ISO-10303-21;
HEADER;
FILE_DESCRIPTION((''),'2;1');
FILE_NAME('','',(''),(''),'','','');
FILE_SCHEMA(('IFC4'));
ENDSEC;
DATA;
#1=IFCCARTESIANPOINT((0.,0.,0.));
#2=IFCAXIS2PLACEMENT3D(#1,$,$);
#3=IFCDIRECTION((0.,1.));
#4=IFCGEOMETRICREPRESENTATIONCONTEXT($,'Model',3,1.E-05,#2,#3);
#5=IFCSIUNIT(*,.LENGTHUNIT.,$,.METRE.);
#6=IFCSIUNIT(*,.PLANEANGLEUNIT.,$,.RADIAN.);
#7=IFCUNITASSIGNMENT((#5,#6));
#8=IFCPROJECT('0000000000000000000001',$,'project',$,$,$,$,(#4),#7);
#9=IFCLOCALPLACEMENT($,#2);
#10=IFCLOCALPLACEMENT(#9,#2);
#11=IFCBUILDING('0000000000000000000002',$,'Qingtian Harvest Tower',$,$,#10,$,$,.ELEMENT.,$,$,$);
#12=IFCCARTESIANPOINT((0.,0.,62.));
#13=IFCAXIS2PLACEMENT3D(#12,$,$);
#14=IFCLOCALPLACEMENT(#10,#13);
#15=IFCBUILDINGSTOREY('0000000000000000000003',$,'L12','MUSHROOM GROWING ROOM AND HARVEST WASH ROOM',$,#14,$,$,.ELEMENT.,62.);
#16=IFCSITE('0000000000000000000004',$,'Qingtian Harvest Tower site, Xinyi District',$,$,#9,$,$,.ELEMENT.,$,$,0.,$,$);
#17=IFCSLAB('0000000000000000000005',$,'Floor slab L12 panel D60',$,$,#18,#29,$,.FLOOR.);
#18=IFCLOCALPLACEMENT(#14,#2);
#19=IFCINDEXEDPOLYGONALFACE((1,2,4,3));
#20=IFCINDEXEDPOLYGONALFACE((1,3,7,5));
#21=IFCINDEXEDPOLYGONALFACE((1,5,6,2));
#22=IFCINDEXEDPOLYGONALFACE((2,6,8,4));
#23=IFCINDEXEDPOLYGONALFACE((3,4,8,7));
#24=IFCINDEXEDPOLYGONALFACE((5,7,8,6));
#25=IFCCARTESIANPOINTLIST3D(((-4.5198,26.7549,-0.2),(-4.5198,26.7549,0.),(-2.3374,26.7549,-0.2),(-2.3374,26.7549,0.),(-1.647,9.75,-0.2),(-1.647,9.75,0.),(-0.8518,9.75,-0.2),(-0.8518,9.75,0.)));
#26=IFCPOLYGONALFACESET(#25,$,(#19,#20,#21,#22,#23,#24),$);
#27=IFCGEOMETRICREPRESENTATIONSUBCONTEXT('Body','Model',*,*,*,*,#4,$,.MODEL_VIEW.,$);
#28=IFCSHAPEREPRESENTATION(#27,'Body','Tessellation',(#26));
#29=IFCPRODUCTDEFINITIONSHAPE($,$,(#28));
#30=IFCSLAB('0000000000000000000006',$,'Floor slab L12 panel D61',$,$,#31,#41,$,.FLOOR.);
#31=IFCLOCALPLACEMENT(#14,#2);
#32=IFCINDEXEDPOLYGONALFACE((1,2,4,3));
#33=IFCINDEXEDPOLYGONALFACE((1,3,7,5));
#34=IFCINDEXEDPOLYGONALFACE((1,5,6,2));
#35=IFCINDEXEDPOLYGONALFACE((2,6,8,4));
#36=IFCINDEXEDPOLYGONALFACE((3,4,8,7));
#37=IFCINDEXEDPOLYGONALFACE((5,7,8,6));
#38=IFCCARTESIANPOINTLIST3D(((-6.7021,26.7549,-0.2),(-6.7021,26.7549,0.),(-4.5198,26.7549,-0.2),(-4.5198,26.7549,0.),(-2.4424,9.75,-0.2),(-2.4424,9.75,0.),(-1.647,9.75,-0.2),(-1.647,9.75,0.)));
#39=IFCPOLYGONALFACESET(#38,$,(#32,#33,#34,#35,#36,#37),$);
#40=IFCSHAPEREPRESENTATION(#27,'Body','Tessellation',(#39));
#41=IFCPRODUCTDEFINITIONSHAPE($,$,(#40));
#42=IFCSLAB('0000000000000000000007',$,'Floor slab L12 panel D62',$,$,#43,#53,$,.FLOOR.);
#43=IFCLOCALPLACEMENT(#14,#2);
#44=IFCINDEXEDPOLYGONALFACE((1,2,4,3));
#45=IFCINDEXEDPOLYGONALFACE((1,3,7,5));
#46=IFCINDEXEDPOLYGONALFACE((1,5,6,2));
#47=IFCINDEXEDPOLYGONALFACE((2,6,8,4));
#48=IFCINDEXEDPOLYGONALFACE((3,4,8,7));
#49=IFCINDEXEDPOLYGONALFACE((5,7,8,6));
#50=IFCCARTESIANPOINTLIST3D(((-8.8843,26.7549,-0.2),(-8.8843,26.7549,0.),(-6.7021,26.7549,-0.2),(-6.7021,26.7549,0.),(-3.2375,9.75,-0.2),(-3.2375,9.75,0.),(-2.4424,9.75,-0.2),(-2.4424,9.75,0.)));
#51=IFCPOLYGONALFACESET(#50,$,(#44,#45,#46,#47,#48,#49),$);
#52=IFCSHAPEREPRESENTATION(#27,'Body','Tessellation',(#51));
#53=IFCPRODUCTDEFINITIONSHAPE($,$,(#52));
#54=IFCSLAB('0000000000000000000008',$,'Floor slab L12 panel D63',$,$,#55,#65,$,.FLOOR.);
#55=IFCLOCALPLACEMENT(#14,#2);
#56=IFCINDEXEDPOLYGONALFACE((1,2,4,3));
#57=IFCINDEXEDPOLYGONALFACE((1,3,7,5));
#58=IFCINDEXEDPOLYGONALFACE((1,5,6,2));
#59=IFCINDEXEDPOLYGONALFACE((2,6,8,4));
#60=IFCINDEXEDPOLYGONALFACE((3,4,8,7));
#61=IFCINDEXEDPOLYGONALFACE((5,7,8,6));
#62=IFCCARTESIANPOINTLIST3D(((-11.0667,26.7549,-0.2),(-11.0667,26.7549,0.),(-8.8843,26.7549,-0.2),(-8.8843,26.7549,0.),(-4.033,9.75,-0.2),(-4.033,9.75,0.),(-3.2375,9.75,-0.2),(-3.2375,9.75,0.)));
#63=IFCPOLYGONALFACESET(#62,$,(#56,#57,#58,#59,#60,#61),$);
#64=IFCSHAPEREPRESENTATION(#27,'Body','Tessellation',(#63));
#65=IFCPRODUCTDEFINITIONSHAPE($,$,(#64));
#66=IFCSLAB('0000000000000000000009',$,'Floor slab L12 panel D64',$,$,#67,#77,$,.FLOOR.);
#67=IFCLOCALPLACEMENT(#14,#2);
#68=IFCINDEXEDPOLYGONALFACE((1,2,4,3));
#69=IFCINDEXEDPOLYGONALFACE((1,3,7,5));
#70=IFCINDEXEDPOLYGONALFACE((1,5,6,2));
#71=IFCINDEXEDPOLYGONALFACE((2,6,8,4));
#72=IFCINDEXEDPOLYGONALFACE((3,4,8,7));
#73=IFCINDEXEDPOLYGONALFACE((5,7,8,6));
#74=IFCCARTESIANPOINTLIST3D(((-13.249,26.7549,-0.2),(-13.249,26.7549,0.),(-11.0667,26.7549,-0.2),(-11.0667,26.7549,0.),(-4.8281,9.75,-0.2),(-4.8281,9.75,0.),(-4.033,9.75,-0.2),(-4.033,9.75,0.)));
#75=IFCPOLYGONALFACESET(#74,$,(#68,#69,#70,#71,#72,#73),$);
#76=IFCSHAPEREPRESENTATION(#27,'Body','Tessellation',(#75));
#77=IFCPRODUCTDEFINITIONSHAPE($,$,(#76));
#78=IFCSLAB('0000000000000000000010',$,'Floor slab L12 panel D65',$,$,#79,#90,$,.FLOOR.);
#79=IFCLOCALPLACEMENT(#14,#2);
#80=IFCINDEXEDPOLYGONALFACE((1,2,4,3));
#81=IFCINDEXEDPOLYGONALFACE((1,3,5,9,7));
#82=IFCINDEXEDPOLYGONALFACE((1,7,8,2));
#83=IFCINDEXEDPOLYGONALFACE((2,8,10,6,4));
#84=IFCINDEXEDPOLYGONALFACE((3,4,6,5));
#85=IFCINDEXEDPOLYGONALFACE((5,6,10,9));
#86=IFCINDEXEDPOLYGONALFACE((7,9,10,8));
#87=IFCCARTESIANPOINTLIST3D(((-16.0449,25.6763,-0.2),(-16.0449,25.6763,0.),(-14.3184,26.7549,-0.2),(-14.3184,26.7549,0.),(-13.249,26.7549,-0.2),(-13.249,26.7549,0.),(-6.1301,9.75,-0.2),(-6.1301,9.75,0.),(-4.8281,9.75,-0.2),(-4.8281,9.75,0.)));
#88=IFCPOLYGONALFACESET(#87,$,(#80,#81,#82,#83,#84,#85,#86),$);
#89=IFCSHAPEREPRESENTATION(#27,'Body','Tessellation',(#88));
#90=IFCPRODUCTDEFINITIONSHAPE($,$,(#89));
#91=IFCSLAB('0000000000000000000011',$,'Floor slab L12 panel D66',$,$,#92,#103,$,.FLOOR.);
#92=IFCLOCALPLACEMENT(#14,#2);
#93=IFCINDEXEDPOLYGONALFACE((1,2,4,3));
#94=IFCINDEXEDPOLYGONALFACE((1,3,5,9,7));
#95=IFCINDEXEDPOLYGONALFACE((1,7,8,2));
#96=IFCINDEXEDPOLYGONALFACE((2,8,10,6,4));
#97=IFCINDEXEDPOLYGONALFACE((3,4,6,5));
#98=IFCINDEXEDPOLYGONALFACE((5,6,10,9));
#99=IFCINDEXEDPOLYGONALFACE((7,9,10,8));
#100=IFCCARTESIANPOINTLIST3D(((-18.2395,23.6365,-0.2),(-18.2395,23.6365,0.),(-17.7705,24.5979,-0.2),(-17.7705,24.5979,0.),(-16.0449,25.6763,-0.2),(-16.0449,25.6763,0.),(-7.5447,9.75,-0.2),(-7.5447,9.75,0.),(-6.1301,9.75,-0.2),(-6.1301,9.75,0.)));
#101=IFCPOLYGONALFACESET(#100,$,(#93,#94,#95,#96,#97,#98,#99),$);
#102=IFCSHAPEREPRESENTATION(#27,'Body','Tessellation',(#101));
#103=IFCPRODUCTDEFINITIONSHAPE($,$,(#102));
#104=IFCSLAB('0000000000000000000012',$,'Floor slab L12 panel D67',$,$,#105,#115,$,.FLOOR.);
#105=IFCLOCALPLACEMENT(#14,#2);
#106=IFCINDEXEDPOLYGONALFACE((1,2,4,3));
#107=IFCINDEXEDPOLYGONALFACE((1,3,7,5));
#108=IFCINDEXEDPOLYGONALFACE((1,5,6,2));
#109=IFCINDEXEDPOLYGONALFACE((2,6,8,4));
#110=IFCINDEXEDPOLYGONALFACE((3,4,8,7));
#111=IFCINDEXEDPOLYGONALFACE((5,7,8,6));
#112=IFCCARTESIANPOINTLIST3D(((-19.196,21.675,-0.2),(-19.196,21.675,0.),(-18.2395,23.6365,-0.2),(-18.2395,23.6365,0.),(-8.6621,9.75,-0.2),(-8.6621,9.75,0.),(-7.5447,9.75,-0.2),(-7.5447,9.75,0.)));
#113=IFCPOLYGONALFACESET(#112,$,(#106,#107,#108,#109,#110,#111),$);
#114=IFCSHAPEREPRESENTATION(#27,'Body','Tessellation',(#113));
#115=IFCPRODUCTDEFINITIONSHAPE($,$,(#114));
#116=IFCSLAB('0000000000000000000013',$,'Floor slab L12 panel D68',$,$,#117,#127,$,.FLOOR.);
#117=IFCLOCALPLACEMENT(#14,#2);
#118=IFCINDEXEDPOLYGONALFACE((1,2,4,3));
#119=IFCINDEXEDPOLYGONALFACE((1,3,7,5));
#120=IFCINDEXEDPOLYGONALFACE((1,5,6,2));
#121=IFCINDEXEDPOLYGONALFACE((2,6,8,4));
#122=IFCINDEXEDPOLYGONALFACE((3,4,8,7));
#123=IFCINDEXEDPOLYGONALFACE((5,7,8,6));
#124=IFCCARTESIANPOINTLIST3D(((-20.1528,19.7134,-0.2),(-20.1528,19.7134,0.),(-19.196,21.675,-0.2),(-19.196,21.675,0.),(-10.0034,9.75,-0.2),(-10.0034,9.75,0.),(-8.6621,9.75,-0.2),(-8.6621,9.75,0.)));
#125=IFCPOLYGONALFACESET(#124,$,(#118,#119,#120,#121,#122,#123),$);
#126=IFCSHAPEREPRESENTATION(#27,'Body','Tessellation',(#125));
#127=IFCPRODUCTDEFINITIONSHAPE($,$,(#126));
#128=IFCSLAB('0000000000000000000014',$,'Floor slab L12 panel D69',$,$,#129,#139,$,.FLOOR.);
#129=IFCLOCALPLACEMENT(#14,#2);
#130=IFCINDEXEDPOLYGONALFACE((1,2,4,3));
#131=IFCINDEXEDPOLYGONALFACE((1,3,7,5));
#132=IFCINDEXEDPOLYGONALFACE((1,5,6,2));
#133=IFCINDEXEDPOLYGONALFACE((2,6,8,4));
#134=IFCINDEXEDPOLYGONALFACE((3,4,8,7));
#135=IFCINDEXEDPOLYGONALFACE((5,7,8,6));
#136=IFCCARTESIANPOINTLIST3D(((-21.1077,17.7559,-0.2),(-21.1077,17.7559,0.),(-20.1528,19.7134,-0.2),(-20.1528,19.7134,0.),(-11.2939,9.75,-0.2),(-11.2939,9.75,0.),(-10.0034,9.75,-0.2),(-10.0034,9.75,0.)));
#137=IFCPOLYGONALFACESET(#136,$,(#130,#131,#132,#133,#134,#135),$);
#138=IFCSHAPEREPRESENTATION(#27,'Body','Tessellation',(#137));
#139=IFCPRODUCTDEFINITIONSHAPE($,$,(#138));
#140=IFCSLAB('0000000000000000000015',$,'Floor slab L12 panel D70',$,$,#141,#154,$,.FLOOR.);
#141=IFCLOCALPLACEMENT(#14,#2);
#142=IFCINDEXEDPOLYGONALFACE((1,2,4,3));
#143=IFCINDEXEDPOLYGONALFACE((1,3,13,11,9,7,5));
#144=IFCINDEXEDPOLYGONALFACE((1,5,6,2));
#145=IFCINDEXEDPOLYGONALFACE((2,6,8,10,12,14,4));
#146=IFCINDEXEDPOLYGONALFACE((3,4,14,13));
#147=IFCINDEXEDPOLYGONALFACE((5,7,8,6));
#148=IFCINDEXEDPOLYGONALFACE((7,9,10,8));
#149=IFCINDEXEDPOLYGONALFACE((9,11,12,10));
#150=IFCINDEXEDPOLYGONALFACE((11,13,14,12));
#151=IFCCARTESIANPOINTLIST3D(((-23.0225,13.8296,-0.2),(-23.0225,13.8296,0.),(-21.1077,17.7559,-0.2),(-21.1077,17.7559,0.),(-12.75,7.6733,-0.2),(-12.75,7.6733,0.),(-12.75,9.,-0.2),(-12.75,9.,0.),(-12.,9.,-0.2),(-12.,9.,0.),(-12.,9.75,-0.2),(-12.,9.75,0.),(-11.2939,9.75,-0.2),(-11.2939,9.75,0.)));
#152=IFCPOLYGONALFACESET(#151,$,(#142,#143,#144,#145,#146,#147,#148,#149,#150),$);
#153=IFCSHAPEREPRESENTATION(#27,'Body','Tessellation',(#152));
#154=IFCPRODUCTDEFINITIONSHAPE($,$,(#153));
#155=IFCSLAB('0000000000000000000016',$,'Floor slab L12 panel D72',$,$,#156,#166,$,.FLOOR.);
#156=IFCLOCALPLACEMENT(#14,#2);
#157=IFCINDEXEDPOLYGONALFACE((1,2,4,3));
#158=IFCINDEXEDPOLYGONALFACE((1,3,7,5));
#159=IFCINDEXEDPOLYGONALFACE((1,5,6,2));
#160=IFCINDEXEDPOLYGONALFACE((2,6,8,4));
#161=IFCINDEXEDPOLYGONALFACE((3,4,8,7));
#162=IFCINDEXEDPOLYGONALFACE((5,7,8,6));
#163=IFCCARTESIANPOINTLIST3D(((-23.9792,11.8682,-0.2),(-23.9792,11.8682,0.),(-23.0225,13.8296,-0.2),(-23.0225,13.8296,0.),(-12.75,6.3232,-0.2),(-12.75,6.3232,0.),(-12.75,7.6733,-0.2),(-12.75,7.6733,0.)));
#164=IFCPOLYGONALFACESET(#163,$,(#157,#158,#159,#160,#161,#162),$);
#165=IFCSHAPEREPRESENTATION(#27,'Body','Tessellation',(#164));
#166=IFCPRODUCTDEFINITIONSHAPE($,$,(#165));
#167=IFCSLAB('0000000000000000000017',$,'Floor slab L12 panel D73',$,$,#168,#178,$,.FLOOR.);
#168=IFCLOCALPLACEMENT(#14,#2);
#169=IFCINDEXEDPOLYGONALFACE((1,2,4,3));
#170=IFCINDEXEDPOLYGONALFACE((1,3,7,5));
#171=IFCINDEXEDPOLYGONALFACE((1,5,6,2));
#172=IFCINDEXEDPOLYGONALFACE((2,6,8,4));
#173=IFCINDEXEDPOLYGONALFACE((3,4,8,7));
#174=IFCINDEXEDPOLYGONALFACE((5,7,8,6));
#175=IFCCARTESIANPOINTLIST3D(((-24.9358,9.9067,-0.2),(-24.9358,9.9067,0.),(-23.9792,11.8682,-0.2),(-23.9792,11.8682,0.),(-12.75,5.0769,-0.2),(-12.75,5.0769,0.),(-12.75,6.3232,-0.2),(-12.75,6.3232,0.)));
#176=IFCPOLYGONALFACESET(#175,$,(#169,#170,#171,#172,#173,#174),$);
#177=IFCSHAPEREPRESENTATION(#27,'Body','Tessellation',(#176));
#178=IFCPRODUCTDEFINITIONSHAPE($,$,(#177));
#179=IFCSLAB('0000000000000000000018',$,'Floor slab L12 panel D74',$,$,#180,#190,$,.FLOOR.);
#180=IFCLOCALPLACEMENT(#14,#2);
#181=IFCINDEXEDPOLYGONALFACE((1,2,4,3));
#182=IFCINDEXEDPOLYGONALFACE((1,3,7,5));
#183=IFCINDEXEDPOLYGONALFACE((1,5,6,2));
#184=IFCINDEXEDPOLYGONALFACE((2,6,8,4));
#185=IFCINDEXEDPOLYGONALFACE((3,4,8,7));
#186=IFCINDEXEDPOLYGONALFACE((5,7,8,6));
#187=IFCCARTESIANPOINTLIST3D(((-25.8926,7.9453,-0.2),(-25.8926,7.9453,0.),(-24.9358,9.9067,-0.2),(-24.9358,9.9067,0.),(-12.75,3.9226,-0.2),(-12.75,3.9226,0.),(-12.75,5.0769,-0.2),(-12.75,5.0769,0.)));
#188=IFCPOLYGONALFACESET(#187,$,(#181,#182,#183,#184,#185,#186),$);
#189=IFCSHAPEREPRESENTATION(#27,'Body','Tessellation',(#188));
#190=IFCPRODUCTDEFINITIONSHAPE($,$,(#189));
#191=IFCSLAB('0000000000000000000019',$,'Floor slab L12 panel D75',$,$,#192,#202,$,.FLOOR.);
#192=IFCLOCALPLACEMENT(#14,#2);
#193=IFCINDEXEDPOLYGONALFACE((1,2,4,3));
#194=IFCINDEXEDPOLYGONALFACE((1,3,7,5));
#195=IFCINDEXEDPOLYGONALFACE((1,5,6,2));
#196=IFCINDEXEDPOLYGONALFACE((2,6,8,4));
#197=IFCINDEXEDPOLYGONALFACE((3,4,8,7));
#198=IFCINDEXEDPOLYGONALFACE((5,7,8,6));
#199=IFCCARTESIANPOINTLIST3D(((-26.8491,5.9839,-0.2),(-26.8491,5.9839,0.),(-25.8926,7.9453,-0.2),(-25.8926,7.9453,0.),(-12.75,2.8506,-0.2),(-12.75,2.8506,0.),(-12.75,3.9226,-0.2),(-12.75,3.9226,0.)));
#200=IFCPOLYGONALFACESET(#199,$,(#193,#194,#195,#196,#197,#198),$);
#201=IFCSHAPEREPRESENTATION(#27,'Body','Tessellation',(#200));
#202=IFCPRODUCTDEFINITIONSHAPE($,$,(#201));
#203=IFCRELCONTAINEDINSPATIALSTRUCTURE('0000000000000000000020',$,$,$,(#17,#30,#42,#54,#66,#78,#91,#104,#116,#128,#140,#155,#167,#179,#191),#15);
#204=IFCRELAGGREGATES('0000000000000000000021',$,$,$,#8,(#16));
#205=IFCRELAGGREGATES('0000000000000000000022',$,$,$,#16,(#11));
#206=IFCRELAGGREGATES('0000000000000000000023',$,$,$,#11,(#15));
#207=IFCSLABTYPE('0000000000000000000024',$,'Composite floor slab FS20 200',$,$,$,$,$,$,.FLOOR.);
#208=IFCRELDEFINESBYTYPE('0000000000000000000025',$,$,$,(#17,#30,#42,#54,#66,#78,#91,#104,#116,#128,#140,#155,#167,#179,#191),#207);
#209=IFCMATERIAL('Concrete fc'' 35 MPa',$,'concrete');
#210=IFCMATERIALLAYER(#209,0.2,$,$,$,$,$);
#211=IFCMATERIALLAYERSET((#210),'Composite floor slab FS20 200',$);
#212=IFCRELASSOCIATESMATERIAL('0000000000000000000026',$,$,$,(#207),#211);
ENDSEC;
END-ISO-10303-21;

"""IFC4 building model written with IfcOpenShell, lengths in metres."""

from ifc_helpers import new_model, si_unit, direction, frame, origin, place, context, subcontext, project, spatial, polyline, outline, extrude, material, layer, layer_set, type_object, element, save


model = new_model("IFC4")

# Units and contexts
model_context = context("Model", 3, precision=1e-05, world=origin(), true_north=direction((0.0, 1.0)))
body_context = subcontext(model_context, "Body", "Model", "MODEL_VIEW")
ifc_project = project(units=[si_unit("LENGTHUNIT", "METRE"), si_unit("PLANEANGLEUNIT", "RADIAN")], contexts=[model_context])

# Site, building, storey
site_placement = place(None, origin())
site = spatial("IfcSite", under=ifc_project, at=site_placement, Name="Qingtian Harvest Tower site, Xinyi District", CompositionType="ELEMENT", RefElevation=0.0)
building_placement = place(site_placement, origin())
building = spatial("IfcBuilding", under=site, at=building_placement, Name="Qingtian Harvest Tower", CompositionType="ELEMENT")
storey_placement = place(building_placement, frame((0.0, 0.0, 62.0)))
storey = spatial("IfcBuildingStorey", under=building, at=storey_placement, Name="L12", Description="MUSHROOM GROWING ROOM AND HARVEST WASH ROOM", CompositionType="ELEMENT", Elevation=62.0)

# Slabs
ifc_material_1 = material(Name="Concrete fc' 35 MPa", Category="concrete")
ifc_layer_1 = layer(ifc_material_1, 0.2)
ifc_layer_set_1 = layer_set([ifc_layer_1], Name="Composite floor slab FS20 200")
slab_type = type_object("IfcSlabType", Name="Composite floor slab FS20 200", PredefinedType="FLOOR", material=ifc_layer_set_1)
slab_1_placement = place(storey_placement, frame((0.0, 0.0, -0.2)))
element("IfcSlab", 1, at=slab_1_placement, inside=storey, type_object=slab_type, Name="Floor slab L12 panel D60", PredefinedType="FLOOR", context=body_context, shape_type="SweptSolid", body=[
    extrude(outline(polyline([(-1.647, 9.75), (-4.5198, 26.7549), (-2.3374, 26.7549), (-0.8518, 9.75), (-1.647, 9.75)])), origin(), (0.0, 0.0, 1.0), 0.2),
])
slab_2_placement = place(storey_placement, frame((0.0, 0.0, -0.2)))
element("IfcSlab", 2, at=slab_2_placement, inside=storey, type_object=slab_type, Name="Floor slab L12 panel D61", PredefinedType="FLOOR", context=body_context, shape_type="SweptSolid", body=[
    extrude(outline(polyline([(-2.4424, 9.75), (-6.7021, 26.7549), (-4.5198, 26.7549), (-1.647, 9.75), (-2.4424, 9.75)])), origin(), (0.0, 0.0, 1.0), 0.2),
])
slab_3_placement = place(storey_placement, frame((0.0, 0.0, -0.2)))
element("IfcSlab", 3, at=slab_3_placement, inside=storey, type_object=slab_type, Name="Floor slab L12 panel D62", PredefinedType="FLOOR", context=body_context, shape_type="SweptSolid", body=[
    extrude(outline(polyline([(-3.2375, 9.75), (-8.8843, 26.7549), (-6.7021, 26.7549), (-2.4424, 9.75), (-3.2375, 9.75)])), origin(), (0.0, 0.0, 1.0), 0.2),
])
slab_4_placement = place(storey_placement, frame((0.0, 0.0, -0.2)))
element("IfcSlab", 4, at=slab_4_placement, inside=storey, type_object=slab_type, Name="Floor slab L12 panel D63", PredefinedType="FLOOR", context=body_context, shape_type="SweptSolid", body=[
    extrude(outline(polyline([(-4.033, 9.75), (-11.0667, 26.7549), (-8.8843, 26.7549), (-3.2375, 9.75), (-4.033, 9.75)])), origin(), (0.0, 0.0, 1.0), 0.2),
])
slab_5_placement = place(storey_placement, frame((0.0, 0.0, -0.2)))
element("IfcSlab", 5, at=slab_5_placement, inside=storey, type_object=slab_type, Name="Floor slab L12 panel D64", PredefinedType="FLOOR", context=body_context, shape_type="SweptSolid", body=[
    extrude(outline(polyline([(-4.8281, 9.75), (-13.249, 26.7549), (-11.0667, 26.7549), (-4.033, 9.75), (-4.8281, 9.75)])), origin(), (0.0, 0.0, 1.0), 0.2),
])
slab_6_placement = place(storey_placement, frame((0.0, 0.0, -0.2)))
element("IfcSlab", 6, at=slab_6_placement, inside=storey, type_object=slab_type, Name="Floor slab L12 panel D65", PredefinedType="FLOOR", context=body_context, shape_type="SweptSolid", body=[
    extrude(outline(polyline([(-4.8281, 9.75), (-6.1301, 9.75), (-16.0449, 25.6763), (-14.3184, 26.7549), (-13.249, 26.7549), (-4.8281, 9.75)])), origin(), (0.0, 0.0, 1.0), 0.2),
])
slab_7_placement = place(storey_placement, frame((0.0, 0.0, -0.2)))
element("IfcSlab", 7, at=slab_7_placement, inside=storey, type_object=slab_type, Name="Floor slab L12 panel D66", PredefinedType="FLOOR", context=body_context, shape_type="SweptSolid", body=[
    extrude(outline(polyline([(-6.1301, 9.75), (-7.5447, 9.75), (-18.2395, 23.6365), (-17.7705, 24.5979), (-16.0449, 25.6763), (-6.1301, 9.75)])), origin(), (0.0, 0.0, 1.0), 0.2),
])
slab_8_placement = place(storey_placement, frame((0.0, 0.0, -0.2)))
element("IfcSlab", 8, at=slab_8_placement, inside=storey, type_object=slab_type, Name="Floor slab L12 panel D67", PredefinedType="FLOOR", context=body_context, shape_type="SweptSolid", body=[
    extrude(outline(polyline([(-8.6621, 9.75), (-19.196, 21.675), (-18.2395, 23.6365), (-7.5447, 9.75), (-8.6621, 9.75)])), origin(), (0.0, 0.0, 1.0), 0.2),
])
slab_9_placement = place(storey_placement, frame((0.0, 0.0, -0.2)))
element("IfcSlab", 9, at=slab_9_placement, inside=storey, type_object=slab_type, Name="Floor slab L12 panel D68", PredefinedType="FLOOR", context=body_context, shape_type="SweptSolid", body=[
    extrude(outline(polyline([(-10.0034, 9.75), (-20.1528, 19.7134), (-19.196, 21.675), (-8.6621, 9.75), (-10.0034, 9.75)])), origin(), (0.0, 0.0, 1.0), 0.2),
])
slab_10_placement = place(storey_placement, frame((0.0, 0.0, -0.2)))
element("IfcSlab", 10, at=slab_10_placement, inside=storey, type_object=slab_type, Name="Floor slab L12 panel D69", PredefinedType="FLOOR", context=body_context, shape_type="SweptSolid", body=[
    extrude(outline(polyline([(-11.2939, 9.75), (-21.1077, 17.7559), (-20.1528, 19.7134), (-10.0034, 9.75), (-11.2939, 9.75)])), origin(), (0.0, 0.0, 1.0), 0.2),
])
slab_11_placement = place(storey_placement, frame((0.0, 0.0, -0.2)))
element("IfcSlab", 11, at=slab_11_placement, inside=storey, type_object=slab_type, Name="Floor slab L12 panel D70", PredefinedType="FLOOR", context=body_context, shape_type="SweptSolid", body=[
    extrude(outline(polyline([(-12.0, 9.0), (-12.75, 9.0), (-12.75, 7.6733), (-23.0225, 13.8296), (-21.1077, 17.7559), (-11.2939, 9.75), (-12.0, 9.75), (-12.0, 9.0)])), origin(), (0.0, 0.0, 1.0), 0.2),
])
slab_12_placement = place(storey_placement, frame((0.0, 0.0, -0.2)))
element("IfcSlab", 12, at=slab_12_placement, inside=storey, type_object=slab_type, Name="Floor slab L12 panel D72", PredefinedType="FLOOR", context=body_context, shape_type="SweptSolid", body=[
    extrude(outline(polyline([(-12.75, 6.3232), (-23.9792, 11.8682), (-23.0225, 13.8296), (-12.75, 7.6733), (-12.75, 6.3232)])), origin(), (0.0, 0.0, 1.0), 0.2),
])
slab_13_placement = place(storey_placement, frame((0.0, 0.0, -0.2)))
element("IfcSlab", 13, at=slab_13_placement, inside=storey, type_object=slab_type, Name="Floor slab L12 panel D73", PredefinedType="FLOOR", context=body_context, shape_type="SweptSolid", body=[
    extrude(outline(polyline([(-12.75, 5.0769), (-24.9358, 9.9067), (-23.9792, 11.8682), (-12.75, 6.3232), (-12.75, 5.0769)])), origin(), (0.0, 0.0, 1.0), 0.2),
])
slab_14_placement = place(storey_placement, frame((0.0, 0.0, -0.2)))
element("IfcSlab", 14, at=slab_14_placement, inside=storey, type_object=slab_type, Name="Floor slab L12 panel D74", PredefinedType="FLOOR", context=body_context, shape_type="SweptSolid", body=[
    extrude(outline(polyline([(-12.75, 3.9226), (-25.8926, 7.9453), (-24.9358, 9.9067), (-12.75, 5.0769), (-12.75, 3.9226)])), origin(), (0.0, 0.0, 1.0), 0.2),
])
slab_15_placement = place(storey_placement, frame((0.0, 0.0, -0.2)))
element("IfcSlab", 15, at=slab_15_placement, inside=storey, type_object=slab_type, Name="Floor slab L12 panel D75", PredefinedType="FLOOR", context=body_context, shape_type="SweptSolid", body=[
    extrude(outline(polyline([(-12.75, 2.8506), (-26.8491, 5.9839), (-25.8926, 7.9453), (-12.75, 3.9226), (-12.75, 2.8506)])), origin(), (0.0, 0.0, 1.0), 0.2),
])

save(model, "model.ifc")
